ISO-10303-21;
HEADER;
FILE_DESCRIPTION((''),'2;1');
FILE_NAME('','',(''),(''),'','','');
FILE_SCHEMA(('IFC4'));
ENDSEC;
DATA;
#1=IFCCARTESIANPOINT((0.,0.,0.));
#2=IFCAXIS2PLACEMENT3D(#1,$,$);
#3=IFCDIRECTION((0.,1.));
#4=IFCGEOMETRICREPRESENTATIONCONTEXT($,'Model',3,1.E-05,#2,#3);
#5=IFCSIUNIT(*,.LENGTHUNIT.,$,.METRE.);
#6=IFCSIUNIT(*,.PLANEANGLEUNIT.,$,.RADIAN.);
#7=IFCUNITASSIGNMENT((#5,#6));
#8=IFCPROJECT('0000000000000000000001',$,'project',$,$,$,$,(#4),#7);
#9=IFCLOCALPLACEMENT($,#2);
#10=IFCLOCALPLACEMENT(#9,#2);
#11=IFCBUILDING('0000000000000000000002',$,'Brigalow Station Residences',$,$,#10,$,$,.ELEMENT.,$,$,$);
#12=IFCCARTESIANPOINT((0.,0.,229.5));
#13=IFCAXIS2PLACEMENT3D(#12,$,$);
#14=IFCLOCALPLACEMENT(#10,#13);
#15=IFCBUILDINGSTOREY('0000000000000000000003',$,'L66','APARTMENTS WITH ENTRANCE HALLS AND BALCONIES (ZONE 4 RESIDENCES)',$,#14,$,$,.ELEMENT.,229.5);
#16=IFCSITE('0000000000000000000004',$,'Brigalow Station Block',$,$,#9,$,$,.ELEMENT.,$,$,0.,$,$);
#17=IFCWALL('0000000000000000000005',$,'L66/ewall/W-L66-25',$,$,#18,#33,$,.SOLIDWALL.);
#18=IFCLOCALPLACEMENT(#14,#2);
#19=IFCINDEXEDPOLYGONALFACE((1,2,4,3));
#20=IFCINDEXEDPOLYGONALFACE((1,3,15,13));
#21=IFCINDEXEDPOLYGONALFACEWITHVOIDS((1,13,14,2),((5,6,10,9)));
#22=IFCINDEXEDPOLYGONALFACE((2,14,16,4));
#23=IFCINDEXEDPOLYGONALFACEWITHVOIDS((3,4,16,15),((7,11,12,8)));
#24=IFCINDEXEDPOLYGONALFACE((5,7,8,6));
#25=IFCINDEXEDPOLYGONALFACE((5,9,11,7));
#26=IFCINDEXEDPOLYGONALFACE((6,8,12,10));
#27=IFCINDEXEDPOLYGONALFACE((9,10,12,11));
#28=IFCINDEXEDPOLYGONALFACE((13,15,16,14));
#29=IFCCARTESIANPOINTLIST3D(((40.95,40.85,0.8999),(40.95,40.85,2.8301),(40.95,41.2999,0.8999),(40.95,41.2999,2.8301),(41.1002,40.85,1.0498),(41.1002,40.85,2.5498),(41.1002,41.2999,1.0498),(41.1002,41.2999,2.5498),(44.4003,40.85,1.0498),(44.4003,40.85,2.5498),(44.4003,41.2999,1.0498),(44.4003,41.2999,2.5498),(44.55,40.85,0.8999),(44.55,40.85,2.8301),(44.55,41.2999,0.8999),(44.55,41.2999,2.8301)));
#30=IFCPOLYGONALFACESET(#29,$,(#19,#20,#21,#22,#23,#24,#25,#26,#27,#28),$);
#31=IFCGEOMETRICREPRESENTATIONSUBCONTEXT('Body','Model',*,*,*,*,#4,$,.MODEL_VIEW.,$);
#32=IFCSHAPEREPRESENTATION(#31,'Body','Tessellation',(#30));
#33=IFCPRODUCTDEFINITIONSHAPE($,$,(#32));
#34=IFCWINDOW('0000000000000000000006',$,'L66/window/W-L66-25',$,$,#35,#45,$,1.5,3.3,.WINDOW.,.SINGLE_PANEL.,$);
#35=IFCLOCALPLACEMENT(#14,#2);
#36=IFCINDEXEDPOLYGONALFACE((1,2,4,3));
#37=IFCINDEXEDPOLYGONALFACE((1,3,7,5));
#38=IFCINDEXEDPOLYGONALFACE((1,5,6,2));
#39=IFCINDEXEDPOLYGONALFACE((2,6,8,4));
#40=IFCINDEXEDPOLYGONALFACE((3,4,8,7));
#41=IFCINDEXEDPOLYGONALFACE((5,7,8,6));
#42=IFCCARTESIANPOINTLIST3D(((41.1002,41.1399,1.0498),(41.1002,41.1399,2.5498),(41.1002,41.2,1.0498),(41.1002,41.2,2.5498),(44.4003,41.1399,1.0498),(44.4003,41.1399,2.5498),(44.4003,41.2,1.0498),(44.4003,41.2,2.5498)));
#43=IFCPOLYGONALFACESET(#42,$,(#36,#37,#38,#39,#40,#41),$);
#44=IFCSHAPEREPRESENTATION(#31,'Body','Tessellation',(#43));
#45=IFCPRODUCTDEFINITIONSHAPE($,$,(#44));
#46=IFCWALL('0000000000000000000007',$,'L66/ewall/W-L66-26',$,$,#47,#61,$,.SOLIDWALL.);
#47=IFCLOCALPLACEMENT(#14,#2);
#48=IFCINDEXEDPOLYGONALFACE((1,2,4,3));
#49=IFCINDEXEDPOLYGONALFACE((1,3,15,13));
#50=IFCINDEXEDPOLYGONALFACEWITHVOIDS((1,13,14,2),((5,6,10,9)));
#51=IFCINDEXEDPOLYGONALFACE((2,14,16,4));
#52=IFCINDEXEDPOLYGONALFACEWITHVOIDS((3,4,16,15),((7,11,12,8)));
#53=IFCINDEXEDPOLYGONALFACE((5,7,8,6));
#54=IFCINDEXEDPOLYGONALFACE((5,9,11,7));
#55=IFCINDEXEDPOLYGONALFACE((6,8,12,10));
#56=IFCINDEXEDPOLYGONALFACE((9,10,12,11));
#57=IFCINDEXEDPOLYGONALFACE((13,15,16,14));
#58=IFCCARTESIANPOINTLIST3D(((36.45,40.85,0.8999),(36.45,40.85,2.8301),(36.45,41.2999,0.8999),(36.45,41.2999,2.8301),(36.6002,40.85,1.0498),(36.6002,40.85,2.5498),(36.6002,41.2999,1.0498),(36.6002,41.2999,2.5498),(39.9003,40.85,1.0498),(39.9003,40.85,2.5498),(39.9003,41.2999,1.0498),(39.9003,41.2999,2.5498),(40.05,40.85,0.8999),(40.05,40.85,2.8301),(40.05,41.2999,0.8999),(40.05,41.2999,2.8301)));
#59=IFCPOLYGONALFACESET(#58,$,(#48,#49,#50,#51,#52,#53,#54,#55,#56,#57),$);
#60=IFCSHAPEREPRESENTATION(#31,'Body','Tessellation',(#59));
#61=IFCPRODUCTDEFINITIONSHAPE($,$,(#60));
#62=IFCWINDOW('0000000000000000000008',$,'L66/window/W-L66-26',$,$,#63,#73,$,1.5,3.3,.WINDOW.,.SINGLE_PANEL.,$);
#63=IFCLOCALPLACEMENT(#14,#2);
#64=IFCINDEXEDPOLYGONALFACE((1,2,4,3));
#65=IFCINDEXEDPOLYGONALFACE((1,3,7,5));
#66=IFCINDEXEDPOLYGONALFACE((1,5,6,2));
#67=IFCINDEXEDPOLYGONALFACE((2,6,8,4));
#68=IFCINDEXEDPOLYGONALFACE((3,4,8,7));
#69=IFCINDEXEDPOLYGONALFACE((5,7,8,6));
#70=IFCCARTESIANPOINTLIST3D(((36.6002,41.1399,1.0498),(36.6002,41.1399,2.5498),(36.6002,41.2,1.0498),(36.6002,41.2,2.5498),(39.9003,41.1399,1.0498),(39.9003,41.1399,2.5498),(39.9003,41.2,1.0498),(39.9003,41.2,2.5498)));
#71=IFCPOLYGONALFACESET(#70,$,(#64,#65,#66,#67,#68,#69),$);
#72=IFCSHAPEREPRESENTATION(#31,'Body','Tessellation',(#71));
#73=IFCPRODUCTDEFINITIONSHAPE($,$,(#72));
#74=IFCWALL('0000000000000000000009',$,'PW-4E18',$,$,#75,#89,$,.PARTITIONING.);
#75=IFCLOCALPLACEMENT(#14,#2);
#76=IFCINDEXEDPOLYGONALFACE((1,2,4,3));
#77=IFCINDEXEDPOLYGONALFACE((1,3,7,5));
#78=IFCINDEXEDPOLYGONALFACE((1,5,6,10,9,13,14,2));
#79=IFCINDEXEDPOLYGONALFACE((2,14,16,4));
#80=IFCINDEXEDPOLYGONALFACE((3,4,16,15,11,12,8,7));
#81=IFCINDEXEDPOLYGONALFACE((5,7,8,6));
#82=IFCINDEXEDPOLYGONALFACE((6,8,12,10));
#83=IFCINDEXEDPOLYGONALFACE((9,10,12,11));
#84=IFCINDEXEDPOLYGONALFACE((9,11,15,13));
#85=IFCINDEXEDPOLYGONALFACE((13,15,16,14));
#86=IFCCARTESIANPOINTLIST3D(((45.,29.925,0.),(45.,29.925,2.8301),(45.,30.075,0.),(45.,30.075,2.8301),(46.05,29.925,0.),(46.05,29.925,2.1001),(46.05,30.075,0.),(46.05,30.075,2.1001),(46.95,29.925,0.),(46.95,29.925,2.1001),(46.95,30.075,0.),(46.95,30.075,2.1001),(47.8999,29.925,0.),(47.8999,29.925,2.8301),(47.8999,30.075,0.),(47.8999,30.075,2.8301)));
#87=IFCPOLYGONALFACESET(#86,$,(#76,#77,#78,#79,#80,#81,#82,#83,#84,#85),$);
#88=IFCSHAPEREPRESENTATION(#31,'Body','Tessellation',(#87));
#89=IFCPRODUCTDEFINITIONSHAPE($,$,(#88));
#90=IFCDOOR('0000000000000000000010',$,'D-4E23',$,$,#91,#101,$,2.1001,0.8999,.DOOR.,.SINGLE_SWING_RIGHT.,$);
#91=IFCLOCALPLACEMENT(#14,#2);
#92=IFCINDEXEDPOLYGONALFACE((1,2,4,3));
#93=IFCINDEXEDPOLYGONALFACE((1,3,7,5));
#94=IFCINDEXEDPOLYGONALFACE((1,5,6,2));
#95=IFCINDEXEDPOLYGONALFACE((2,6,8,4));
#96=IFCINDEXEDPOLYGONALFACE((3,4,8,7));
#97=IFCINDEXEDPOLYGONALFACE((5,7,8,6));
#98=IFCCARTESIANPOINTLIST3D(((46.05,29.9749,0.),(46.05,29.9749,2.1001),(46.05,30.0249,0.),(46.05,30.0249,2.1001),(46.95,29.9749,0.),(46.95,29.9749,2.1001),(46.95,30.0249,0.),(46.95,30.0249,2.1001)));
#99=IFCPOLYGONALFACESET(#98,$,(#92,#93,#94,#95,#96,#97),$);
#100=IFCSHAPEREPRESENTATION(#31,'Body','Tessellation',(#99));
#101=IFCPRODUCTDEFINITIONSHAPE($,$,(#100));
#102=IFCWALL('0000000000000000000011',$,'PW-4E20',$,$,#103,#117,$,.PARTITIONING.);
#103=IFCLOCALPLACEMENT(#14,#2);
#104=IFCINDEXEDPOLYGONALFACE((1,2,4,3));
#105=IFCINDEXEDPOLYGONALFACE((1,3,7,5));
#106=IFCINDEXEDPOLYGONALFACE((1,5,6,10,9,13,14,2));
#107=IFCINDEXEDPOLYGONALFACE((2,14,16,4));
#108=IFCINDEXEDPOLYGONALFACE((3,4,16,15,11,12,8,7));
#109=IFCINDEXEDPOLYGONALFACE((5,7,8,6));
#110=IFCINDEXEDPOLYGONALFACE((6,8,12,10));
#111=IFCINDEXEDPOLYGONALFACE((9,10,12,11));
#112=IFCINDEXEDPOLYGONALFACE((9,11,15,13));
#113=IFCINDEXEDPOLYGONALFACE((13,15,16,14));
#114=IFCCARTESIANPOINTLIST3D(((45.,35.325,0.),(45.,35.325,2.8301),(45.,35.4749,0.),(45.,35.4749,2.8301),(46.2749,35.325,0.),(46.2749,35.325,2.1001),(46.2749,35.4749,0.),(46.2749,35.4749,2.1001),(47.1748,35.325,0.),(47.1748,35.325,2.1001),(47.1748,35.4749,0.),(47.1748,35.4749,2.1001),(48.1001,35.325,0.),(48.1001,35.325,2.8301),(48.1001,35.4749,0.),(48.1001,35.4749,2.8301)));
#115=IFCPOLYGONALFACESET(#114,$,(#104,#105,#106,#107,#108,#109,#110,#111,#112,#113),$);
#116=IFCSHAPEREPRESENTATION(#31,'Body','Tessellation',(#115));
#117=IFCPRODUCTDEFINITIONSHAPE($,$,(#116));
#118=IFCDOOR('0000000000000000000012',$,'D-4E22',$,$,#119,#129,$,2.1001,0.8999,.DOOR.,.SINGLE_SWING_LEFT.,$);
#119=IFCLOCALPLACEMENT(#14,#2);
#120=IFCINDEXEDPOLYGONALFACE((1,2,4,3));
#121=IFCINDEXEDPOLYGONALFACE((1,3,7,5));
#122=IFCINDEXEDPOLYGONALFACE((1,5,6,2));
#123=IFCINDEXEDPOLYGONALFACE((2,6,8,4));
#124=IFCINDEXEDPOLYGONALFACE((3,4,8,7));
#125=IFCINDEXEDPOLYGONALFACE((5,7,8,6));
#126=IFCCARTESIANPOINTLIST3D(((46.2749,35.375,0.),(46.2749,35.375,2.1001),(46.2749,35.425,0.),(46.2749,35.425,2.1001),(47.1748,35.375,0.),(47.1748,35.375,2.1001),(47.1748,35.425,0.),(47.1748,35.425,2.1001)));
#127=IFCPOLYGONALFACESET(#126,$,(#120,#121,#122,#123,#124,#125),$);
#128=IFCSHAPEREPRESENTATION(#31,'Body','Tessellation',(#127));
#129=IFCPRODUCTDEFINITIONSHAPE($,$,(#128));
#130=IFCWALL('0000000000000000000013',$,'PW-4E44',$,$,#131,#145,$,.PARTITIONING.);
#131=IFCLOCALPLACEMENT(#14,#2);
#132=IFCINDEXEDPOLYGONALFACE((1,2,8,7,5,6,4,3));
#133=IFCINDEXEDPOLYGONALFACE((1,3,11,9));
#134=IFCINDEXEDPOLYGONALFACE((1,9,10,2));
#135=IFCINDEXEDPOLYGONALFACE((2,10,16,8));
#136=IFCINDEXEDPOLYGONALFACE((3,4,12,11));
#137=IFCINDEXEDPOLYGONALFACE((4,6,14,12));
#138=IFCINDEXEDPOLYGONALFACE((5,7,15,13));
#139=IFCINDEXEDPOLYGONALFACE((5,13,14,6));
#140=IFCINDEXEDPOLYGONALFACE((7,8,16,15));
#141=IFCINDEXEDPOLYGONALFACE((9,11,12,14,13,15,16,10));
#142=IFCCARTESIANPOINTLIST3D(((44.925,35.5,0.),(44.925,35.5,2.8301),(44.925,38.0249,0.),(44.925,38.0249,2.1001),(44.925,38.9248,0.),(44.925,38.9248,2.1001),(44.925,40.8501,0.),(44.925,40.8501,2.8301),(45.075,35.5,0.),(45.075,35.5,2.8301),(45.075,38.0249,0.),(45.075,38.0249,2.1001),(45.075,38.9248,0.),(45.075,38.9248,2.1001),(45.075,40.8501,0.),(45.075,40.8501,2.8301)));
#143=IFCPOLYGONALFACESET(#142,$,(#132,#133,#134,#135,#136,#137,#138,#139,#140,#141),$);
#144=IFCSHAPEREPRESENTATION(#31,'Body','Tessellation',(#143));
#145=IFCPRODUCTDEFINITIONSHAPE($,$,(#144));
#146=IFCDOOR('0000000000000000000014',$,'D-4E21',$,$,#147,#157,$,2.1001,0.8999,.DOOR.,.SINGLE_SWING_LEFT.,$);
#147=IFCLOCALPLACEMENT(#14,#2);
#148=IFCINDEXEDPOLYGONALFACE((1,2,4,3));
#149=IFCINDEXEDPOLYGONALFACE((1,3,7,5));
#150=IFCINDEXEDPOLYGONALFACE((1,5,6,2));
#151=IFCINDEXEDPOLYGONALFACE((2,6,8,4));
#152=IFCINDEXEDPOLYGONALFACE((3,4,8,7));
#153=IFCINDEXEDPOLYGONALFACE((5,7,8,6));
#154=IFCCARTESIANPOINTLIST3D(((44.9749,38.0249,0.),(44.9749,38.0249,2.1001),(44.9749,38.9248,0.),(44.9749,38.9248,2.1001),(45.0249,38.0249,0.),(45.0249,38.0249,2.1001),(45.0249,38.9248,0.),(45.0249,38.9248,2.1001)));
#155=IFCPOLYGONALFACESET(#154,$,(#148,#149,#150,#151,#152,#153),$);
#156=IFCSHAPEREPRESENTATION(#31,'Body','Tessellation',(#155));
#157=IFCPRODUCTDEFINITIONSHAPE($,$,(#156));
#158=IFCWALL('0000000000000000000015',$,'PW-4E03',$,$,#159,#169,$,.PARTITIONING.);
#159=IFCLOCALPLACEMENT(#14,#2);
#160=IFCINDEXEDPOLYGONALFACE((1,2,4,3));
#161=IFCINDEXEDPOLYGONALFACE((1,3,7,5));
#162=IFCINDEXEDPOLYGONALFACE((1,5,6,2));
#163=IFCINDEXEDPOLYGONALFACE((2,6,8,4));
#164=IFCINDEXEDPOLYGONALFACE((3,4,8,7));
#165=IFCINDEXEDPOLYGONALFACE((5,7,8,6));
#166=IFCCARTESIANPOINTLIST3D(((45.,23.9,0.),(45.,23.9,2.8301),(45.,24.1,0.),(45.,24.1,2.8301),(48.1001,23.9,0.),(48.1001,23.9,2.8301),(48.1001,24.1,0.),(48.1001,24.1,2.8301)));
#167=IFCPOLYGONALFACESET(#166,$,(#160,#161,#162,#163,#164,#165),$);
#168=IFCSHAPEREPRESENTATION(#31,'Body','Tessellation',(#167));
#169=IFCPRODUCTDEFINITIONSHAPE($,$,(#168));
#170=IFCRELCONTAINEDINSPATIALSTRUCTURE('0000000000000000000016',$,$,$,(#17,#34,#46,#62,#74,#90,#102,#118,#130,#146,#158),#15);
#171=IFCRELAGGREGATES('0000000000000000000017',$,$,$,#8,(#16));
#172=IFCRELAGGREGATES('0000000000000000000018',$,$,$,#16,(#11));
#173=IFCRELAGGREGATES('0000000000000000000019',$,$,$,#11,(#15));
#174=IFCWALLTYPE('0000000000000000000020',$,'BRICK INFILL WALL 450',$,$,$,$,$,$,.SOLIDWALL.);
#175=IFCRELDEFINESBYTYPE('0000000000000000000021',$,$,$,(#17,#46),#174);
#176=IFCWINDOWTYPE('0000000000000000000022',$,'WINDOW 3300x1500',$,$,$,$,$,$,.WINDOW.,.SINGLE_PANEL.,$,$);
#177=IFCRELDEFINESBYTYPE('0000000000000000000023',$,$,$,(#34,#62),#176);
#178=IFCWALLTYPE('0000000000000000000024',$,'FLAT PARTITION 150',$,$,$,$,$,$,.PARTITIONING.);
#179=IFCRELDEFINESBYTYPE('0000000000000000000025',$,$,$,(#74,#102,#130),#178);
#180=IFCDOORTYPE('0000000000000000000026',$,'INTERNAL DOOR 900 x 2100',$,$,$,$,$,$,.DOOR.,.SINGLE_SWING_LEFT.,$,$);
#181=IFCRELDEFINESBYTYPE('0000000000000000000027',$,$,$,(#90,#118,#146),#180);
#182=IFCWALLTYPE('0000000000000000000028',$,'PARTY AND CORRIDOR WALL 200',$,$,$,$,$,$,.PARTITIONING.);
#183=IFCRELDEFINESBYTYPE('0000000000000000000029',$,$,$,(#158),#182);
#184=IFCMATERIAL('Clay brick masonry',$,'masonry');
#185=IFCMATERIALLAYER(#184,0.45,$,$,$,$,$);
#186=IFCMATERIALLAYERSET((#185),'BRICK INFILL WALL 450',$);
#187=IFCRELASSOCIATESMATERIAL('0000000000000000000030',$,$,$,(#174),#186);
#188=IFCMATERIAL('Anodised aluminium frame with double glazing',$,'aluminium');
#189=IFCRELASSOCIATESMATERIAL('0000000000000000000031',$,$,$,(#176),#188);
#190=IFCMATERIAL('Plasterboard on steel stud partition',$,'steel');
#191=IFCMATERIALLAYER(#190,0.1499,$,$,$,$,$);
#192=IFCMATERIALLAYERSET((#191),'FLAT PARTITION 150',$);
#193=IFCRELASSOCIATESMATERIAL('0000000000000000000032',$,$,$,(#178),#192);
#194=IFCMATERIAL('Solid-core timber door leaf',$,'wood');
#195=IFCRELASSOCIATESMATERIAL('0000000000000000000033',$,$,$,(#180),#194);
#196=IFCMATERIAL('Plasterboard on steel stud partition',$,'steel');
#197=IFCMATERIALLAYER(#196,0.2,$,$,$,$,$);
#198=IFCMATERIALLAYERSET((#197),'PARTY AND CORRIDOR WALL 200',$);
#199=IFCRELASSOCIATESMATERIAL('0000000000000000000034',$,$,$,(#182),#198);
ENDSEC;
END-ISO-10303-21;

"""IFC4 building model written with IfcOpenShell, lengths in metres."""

from ifc_helpers import new_model, si_unit, direction, frame, frame_2d, origin, place, context, subcontext, project, spatial, rectangle, extrude, material, layer, layer_set, type_object, element, fill, save


model = new_model("IFC4")

# Units and contexts
model_context = context("Model", 3, precision=1e-05, world=origin(), true_north=direction((0.0, 1.0)))
body_context = subcontext(model_context, "Body", "Model", "MODEL_VIEW")
ifc_project = project(units=[si_unit("LENGTHUNIT", "METRE"), si_unit("PLANEANGLEUNIT", "RADIAN")], contexts=[model_context])

# Site, building, storey
site_placement = place(None, origin())
site = spatial("IfcSite", under=ifc_project, at=site_placement, Name="Brigalow Station Block", CompositionType="ELEMENT", RefElevation=0.0)
building_placement = place(site_placement, origin())
building = spatial("IfcBuilding", under=site, at=building_placement, Name="Brigalow Station Residences", CompositionType="ELEMENT")
storey_placement = place(building_placement, frame((0.0, 0.0, 229.5)))
storey = spatial("IfcBuildingStorey", under=building, at=storey_placement, Name="L66", Description="APARTMENTS WITH ENTRANCE HALLS AND BALCONIES (ZONE 4 RESIDENCES)", CompositionType="ELEMENT", Elevation=229.5)

# Walls, openings, windows
ifc_material_1 = material(Name="Clay brick masonry", Category="masonry")
ifc_layer_1 = layer(ifc_material_1, 0.45)
ifc_layer_set_1 = layer_set([ifc_layer_1], Name="BRICK INFILL WALL 450")
wall_type_1 = type_object("IfcWallType", Name="BRICK INFILL WALL 450", PredefinedType="SOLIDWALL", material=ifc_layer_set_1)
wall_1_placement = place(storey_placement, frame((44.55, 41.075, 0.8999), z_axis=(0.0, 0.0, 1.0), x_axis=(-1.0, 0.0, 0.0)))
wall_1 = element("IfcWall", 1, at=wall_1_placement, inside=storey, type_object=wall_type_1, Name="L66/ewall/W-L66-25", PredefinedType="SOLIDWALL", context=body_context, shape_type="SweptSolid", body=[
    extrude(rectangle(XDim=3.6001, YDim=0.45, at=frame_2d((1.8, 0.0))), origin(), (0.0, 0.0, 1.0), 1.9302),
])
opening_1_placement = place(wall_1_placement, frame((0.1499, 0.0, 0.1499)))
opening_1 = element("IfcOpeningElement", 2, at=opening_1_placement, cuts=wall_1, PredefinedType="OPENING", context=body_context, shape_type="SweptSolid", body=[
    extrude(rectangle(XDim=3.3, YDim=1.5, at=frame_2d((1.6499, 0.75))), frame((0.0, 0.2349, 0.0), z_axis=(0.0, -1.0, 0.0), x_axis=(1.0, 0.0, 0.0)), (0.0, 0.0, 1.0), 0.47),
])
ifc_material_2 = material(Name="Anodised aluminium frame with double glazing", Category="aluminium")
window_type = type_object("IfcWindowType", Name="WINDOW 3300x1500", PartitioningType="SINGLE_PANEL", PredefinedType="WINDOW", material=ifc_material_2)
window_1_placement = place(opening_1_placement, origin())
window_1 = element("IfcWindow", 3, at=window_1_placement, inside=storey, type_object=window_type, Name="L66/window/W-L66-25", OverallHeight=1.5, OverallWidth=3.3, PartitioningType="SINGLE_PANEL", PredefinedType="WINDOW", context=body_context, shape_type="SweptSolid", body=[
    extrude(rectangle(XDim=3.3, YDim=1.5, at=frame_2d((1.6499, 0.75))), frame((0.0, -0.0649, 0.0), z_axis=(0.0, -1.0, 0.0), x_axis=(1.0, 0.0, 0.0)), (0.0, 0.0, 1.0), 0.0601),
])
fill(opening_1, window_1)
wall_2_placement = place(storey_placement, frame((40.05, 41.075, 0.8999), z_axis=(0.0, 0.0, 1.0), x_axis=(-1.0, 0.0, 0.0)))
wall_2 = element("IfcWall", 4, at=wall_2_placement, inside=storey, type_object=wall_type_1, Name="L66/ewall/W-L66-26", PredefinedType="SOLIDWALL", context=body_context, shape_type="SweptSolid", body=[
    extrude(rectangle(XDim=3.6001, YDim=0.45, at=frame_2d((1.8, 0.0))), origin(), (0.0, 0.0, 1.0), 1.9302),
])
opening_2_placement = place(wall_2_placement, frame((0.1499, 0.0, 0.1499)))
opening_2 = element("IfcOpeningElement", 5, at=opening_2_placement, cuts=wall_2, PredefinedType="OPENING", context=body_context, shape_type="SweptSolid", body=[
    extrude(rectangle(XDim=3.3, YDim=1.5, at=frame_2d((1.6499, 0.75))), frame((0.0, 0.2349, 0.0), z_axis=(0.0, -1.0, 0.0), x_axis=(1.0, 0.0, 0.0)), (0.0, 0.0, 1.0), 0.47),
])
window_2_placement = place(opening_2_placement, origin())
window_2 = element("IfcWindow", 6, at=window_2_placement, inside=storey, type_object=window_type, Name="L66/window/W-L66-26", OverallHeight=1.5, OverallWidth=3.3, PartitioningType="SINGLE_PANEL", PredefinedType="WINDOW", context=body_context, shape_type="SweptSolid", body=[
    extrude(rectangle(XDim=3.3, YDim=1.5, at=frame_2d((1.6499, 0.75))), frame((0.0, -0.0649, 0.0), z_axis=(0.0, -1.0, 0.0), x_axis=(1.0, 0.0, 0.0)), (0.0, 0.0, 1.0), 0.0601),
])
fill(opening_2, window_2)

# Walls, openings, doors
ifc_material_3 = material(Name="Plasterboard on steel stud partition", Category="steel")
ifc_layer_2 = layer(ifc_material_3, 0.1499)
ifc_layer_set_2 = layer_set([ifc_layer_2], Name="FLAT PARTITION 150")
wall_type_2 = type_object("IfcWallType", Name="FLAT PARTITION 150", PredefinedType="PARTITIONING", material=ifc_layer_set_2)
wall_3_placement = place(storey_placement, frame((45.0, 30.0, 0.0), z_axis=(0.0, 0.0, 1.0), x_axis=(1.0, 0.0, 0.0)))
wall_3 = element("IfcWall", 7, at=wall_3_placement, inside=storey, type_object=wall_type_2, Name="PW-4E18", PredefinedType="PARTITIONING", context=body_context, shape_type="SweptSolid", body=[
    extrude(rectangle(XDim=2.8999, YDim=0.1499, at=frame_2d((1.45, 0.0))), origin(), (0.0, 0.0, 1.0), 2.8301),
])
opening_3_placement = place(wall_3_placement, frame((1.05, 0.0, 0.0)))
opening_3 = element("IfcOpeningElement", 8, at=opening_3_placement, cuts=wall_3, PredefinedType="OPENING", context=body_context, shape_type="SweptSolid", body=[
    extrude(rectangle(XDim=0.8999, YDim=2.1001, at=frame_2d((0.45, 1.05))), frame((0.0, 0.085, 0.0), z_axis=(0.0, -1.0, 0.0), x_axis=(1.0, 0.0, 0.0)), (0.0, 0.0, 1.0), 0.1699),
])
ifc_material_4 = material(Name="Solid-core timber door leaf", Category="wood")
door_type = type_object("IfcDoorType", Name="INTERNAL DOOR 900 x 2100", OperationType="SINGLE_SWING_LEFT", PredefinedType="DOOR", material=ifc_material_4)
door_1_placement = place(opening_3_placement, origin())
door_1 = element("IfcDoor", 9, at=door_1_placement, inside=storey, type_object=door_type, Name="D-4E23", OperationType="SINGLE_SWING_RIGHT", OverallHeight=2.1001, OverallWidth=0.8999, PredefinedType="DOOR", context=body_context, shape_type="SweptSolid", body=[
    extrude(rectangle(XDim=0.8999, YDim=2.1001, at=frame_2d((0.45, 1.05))), frame((0.0, 0.0249, 0.0), z_axis=(0.0, -1.0, 0.0), x_axis=(1.0, 0.0, 0.0)), (0.0, 0.0, 1.0), 0.05),
])
fill(opening_3, door_1)
wall_4_placement = place(storey_placement, frame((45.0, 35.3999, 0.0), z_axis=(0.0, 0.0, 1.0), x_axis=(1.0, 0.0, 0.0)))
wall_4 = element("IfcWall", 10, at=wall_4_placement, inside=storey, type_object=wall_type_2, Name="PW-4E20", PredefinedType="PARTITIONING", context=body_context, shape_type="SweptSolid", body=[
    extrude(rectangle(XDim=3.1001, YDim=0.1499, at=frame_2d((1.55, 0.0))), origin(), (0.0, 0.0, 1.0), 2.8301),
])
opening_4_placement = place(wall_4_placement, frame((1.2749, 0.0, 0.0)))
opening_4 = element("IfcOpeningElement", 11, at=opening_4_placement, cuts=wall_4, PredefinedType="OPENING", context=body_context, shape_type="SweptSolid", body=[
    extrude(rectangle(XDim=0.8999, YDim=2.1001, at=frame_2d((0.45, 1.05))), frame((0.0, 0.085, 0.0), z_axis=(0.0, -1.0, 0.0), x_axis=(1.0, 0.0, 0.0)), (0.0, 0.0, 1.0), 0.1699),
])
door_2_placement = place(opening_4_placement, frame((0.8999, 0.0, 0.0), z_axis=(0.0, 0.0, 1.0), x_axis=(-1.0, 0.0, 0.0)))
door_2 = element("IfcDoor", 12, at=door_2_placement, inside=storey, type_object=door_type, Name="D-4E22", OperationType="SINGLE_SWING_LEFT", OverallHeight=2.1001, OverallWidth=0.8999, PredefinedType="DOOR", context=body_context, shape_type="SweptSolid", body=[
    extrude(rectangle(XDim=0.8999, YDim=2.1001, at=frame_2d((0.45, 1.05))), frame((0.0, 0.0249, 0.0), z_axis=(0.0, -1.0, 0.0), x_axis=(1.0, 0.0, 0.0)), (0.0, 0.0, 1.0), 0.05),
])
fill(opening_4, door_2)
wall_5_placement = place(storey_placement, frame((45.0, 35.5, 0.0), z_axis=(0.0, 0.0, 1.0), x_axis=(0.0, 1.0, 0.0)))
wall_5 = element("IfcWall", 13, at=wall_5_placement, inside=storey, type_object=wall_type_2, Name="PW-4E44", PredefinedType="PARTITIONING", context=body_context, shape_type="SweptSolid", body=[
    extrude(rectangle(XDim=5.3501, YDim=0.1499, at=frame_2d((2.675, 0.0))), origin(), (0.0, 0.0, 1.0), 2.8301),
])
opening_5_placement = place(wall_5_placement, frame((2.5249, 0.0, 0.0)))
opening_5 = element("IfcOpeningElement", 14, at=opening_5_placement, cuts=wall_5, PredefinedType="OPENING", context=body_context, shape_type="SweptSolid", body=[
    extrude(rectangle(XDim=0.8999, YDim=2.1001, at=frame_2d((0.45, 1.05))), frame((0.0, 0.085, 0.0), z_axis=(0.0, -1.0, 0.0), x_axis=(1.0, 0.0, 0.0)), (0.0, 0.0, 1.0), 0.1699),
])
door_3_placement = place(opening_5_placement, frame((0.8999, 0.0, 0.0), z_axis=(0.0, 0.0, 1.0), x_axis=(-1.0, 0.0, 0.0)))
door_3 = element("IfcDoor", 15, at=door_3_placement, inside=storey, type_object=door_type, Name="D-4E21", OperationType="SINGLE_SWING_LEFT", OverallHeight=2.1001, OverallWidth=0.8999, PredefinedType="DOOR", context=body_context, shape_type="SweptSolid", body=[
    extrude(rectangle(XDim=0.8999, YDim=2.1001, at=frame_2d((0.45, 1.05))), frame((0.0, 0.0249, 0.0), z_axis=(0.0, -1.0, 0.0), x_axis=(1.0, 0.0, 0.0)), (0.0, 0.0, 1.0), 0.05),
])
fill(opening_5, door_3)

# Wall
ifc_material_5 = material(Name="Plasterboard on steel stud partition", Category="steel")
ifc_layer_3 = layer(ifc_material_5, 0.2)
ifc_layer_set_3 = layer_set([ifc_layer_3], Name="PARTY AND CORRIDOR WALL 200")
wall_type_3 = type_object("IfcWallType", Name="PARTY AND CORRIDOR WALL 200", PredefinedType="PARTITIONING", material=ifc_layer_set_3)
wall_6_placement = place(storey_placement, frame((45.0, 24.0, 0.0), z_axis=(0.0, 0.0, 1.0), x_axis=(1.0, 0.0, 0.0)))
element("IfcWall", 16, at=wall_6_placement, inside=storey, type_object=wall_type_3, Name="PW-4E03", PredefinedType="PARTITIONING", context=body_context, shape_type="SweptSolid", body=[
    extrude(rectangle(XDim=3.1001, YDim=0.2, at=frame_2d((1.55, 0.0))), origin(), (0.0, 0.0, 1.0), 2.8301),
])

save(model, "model.ifc")
